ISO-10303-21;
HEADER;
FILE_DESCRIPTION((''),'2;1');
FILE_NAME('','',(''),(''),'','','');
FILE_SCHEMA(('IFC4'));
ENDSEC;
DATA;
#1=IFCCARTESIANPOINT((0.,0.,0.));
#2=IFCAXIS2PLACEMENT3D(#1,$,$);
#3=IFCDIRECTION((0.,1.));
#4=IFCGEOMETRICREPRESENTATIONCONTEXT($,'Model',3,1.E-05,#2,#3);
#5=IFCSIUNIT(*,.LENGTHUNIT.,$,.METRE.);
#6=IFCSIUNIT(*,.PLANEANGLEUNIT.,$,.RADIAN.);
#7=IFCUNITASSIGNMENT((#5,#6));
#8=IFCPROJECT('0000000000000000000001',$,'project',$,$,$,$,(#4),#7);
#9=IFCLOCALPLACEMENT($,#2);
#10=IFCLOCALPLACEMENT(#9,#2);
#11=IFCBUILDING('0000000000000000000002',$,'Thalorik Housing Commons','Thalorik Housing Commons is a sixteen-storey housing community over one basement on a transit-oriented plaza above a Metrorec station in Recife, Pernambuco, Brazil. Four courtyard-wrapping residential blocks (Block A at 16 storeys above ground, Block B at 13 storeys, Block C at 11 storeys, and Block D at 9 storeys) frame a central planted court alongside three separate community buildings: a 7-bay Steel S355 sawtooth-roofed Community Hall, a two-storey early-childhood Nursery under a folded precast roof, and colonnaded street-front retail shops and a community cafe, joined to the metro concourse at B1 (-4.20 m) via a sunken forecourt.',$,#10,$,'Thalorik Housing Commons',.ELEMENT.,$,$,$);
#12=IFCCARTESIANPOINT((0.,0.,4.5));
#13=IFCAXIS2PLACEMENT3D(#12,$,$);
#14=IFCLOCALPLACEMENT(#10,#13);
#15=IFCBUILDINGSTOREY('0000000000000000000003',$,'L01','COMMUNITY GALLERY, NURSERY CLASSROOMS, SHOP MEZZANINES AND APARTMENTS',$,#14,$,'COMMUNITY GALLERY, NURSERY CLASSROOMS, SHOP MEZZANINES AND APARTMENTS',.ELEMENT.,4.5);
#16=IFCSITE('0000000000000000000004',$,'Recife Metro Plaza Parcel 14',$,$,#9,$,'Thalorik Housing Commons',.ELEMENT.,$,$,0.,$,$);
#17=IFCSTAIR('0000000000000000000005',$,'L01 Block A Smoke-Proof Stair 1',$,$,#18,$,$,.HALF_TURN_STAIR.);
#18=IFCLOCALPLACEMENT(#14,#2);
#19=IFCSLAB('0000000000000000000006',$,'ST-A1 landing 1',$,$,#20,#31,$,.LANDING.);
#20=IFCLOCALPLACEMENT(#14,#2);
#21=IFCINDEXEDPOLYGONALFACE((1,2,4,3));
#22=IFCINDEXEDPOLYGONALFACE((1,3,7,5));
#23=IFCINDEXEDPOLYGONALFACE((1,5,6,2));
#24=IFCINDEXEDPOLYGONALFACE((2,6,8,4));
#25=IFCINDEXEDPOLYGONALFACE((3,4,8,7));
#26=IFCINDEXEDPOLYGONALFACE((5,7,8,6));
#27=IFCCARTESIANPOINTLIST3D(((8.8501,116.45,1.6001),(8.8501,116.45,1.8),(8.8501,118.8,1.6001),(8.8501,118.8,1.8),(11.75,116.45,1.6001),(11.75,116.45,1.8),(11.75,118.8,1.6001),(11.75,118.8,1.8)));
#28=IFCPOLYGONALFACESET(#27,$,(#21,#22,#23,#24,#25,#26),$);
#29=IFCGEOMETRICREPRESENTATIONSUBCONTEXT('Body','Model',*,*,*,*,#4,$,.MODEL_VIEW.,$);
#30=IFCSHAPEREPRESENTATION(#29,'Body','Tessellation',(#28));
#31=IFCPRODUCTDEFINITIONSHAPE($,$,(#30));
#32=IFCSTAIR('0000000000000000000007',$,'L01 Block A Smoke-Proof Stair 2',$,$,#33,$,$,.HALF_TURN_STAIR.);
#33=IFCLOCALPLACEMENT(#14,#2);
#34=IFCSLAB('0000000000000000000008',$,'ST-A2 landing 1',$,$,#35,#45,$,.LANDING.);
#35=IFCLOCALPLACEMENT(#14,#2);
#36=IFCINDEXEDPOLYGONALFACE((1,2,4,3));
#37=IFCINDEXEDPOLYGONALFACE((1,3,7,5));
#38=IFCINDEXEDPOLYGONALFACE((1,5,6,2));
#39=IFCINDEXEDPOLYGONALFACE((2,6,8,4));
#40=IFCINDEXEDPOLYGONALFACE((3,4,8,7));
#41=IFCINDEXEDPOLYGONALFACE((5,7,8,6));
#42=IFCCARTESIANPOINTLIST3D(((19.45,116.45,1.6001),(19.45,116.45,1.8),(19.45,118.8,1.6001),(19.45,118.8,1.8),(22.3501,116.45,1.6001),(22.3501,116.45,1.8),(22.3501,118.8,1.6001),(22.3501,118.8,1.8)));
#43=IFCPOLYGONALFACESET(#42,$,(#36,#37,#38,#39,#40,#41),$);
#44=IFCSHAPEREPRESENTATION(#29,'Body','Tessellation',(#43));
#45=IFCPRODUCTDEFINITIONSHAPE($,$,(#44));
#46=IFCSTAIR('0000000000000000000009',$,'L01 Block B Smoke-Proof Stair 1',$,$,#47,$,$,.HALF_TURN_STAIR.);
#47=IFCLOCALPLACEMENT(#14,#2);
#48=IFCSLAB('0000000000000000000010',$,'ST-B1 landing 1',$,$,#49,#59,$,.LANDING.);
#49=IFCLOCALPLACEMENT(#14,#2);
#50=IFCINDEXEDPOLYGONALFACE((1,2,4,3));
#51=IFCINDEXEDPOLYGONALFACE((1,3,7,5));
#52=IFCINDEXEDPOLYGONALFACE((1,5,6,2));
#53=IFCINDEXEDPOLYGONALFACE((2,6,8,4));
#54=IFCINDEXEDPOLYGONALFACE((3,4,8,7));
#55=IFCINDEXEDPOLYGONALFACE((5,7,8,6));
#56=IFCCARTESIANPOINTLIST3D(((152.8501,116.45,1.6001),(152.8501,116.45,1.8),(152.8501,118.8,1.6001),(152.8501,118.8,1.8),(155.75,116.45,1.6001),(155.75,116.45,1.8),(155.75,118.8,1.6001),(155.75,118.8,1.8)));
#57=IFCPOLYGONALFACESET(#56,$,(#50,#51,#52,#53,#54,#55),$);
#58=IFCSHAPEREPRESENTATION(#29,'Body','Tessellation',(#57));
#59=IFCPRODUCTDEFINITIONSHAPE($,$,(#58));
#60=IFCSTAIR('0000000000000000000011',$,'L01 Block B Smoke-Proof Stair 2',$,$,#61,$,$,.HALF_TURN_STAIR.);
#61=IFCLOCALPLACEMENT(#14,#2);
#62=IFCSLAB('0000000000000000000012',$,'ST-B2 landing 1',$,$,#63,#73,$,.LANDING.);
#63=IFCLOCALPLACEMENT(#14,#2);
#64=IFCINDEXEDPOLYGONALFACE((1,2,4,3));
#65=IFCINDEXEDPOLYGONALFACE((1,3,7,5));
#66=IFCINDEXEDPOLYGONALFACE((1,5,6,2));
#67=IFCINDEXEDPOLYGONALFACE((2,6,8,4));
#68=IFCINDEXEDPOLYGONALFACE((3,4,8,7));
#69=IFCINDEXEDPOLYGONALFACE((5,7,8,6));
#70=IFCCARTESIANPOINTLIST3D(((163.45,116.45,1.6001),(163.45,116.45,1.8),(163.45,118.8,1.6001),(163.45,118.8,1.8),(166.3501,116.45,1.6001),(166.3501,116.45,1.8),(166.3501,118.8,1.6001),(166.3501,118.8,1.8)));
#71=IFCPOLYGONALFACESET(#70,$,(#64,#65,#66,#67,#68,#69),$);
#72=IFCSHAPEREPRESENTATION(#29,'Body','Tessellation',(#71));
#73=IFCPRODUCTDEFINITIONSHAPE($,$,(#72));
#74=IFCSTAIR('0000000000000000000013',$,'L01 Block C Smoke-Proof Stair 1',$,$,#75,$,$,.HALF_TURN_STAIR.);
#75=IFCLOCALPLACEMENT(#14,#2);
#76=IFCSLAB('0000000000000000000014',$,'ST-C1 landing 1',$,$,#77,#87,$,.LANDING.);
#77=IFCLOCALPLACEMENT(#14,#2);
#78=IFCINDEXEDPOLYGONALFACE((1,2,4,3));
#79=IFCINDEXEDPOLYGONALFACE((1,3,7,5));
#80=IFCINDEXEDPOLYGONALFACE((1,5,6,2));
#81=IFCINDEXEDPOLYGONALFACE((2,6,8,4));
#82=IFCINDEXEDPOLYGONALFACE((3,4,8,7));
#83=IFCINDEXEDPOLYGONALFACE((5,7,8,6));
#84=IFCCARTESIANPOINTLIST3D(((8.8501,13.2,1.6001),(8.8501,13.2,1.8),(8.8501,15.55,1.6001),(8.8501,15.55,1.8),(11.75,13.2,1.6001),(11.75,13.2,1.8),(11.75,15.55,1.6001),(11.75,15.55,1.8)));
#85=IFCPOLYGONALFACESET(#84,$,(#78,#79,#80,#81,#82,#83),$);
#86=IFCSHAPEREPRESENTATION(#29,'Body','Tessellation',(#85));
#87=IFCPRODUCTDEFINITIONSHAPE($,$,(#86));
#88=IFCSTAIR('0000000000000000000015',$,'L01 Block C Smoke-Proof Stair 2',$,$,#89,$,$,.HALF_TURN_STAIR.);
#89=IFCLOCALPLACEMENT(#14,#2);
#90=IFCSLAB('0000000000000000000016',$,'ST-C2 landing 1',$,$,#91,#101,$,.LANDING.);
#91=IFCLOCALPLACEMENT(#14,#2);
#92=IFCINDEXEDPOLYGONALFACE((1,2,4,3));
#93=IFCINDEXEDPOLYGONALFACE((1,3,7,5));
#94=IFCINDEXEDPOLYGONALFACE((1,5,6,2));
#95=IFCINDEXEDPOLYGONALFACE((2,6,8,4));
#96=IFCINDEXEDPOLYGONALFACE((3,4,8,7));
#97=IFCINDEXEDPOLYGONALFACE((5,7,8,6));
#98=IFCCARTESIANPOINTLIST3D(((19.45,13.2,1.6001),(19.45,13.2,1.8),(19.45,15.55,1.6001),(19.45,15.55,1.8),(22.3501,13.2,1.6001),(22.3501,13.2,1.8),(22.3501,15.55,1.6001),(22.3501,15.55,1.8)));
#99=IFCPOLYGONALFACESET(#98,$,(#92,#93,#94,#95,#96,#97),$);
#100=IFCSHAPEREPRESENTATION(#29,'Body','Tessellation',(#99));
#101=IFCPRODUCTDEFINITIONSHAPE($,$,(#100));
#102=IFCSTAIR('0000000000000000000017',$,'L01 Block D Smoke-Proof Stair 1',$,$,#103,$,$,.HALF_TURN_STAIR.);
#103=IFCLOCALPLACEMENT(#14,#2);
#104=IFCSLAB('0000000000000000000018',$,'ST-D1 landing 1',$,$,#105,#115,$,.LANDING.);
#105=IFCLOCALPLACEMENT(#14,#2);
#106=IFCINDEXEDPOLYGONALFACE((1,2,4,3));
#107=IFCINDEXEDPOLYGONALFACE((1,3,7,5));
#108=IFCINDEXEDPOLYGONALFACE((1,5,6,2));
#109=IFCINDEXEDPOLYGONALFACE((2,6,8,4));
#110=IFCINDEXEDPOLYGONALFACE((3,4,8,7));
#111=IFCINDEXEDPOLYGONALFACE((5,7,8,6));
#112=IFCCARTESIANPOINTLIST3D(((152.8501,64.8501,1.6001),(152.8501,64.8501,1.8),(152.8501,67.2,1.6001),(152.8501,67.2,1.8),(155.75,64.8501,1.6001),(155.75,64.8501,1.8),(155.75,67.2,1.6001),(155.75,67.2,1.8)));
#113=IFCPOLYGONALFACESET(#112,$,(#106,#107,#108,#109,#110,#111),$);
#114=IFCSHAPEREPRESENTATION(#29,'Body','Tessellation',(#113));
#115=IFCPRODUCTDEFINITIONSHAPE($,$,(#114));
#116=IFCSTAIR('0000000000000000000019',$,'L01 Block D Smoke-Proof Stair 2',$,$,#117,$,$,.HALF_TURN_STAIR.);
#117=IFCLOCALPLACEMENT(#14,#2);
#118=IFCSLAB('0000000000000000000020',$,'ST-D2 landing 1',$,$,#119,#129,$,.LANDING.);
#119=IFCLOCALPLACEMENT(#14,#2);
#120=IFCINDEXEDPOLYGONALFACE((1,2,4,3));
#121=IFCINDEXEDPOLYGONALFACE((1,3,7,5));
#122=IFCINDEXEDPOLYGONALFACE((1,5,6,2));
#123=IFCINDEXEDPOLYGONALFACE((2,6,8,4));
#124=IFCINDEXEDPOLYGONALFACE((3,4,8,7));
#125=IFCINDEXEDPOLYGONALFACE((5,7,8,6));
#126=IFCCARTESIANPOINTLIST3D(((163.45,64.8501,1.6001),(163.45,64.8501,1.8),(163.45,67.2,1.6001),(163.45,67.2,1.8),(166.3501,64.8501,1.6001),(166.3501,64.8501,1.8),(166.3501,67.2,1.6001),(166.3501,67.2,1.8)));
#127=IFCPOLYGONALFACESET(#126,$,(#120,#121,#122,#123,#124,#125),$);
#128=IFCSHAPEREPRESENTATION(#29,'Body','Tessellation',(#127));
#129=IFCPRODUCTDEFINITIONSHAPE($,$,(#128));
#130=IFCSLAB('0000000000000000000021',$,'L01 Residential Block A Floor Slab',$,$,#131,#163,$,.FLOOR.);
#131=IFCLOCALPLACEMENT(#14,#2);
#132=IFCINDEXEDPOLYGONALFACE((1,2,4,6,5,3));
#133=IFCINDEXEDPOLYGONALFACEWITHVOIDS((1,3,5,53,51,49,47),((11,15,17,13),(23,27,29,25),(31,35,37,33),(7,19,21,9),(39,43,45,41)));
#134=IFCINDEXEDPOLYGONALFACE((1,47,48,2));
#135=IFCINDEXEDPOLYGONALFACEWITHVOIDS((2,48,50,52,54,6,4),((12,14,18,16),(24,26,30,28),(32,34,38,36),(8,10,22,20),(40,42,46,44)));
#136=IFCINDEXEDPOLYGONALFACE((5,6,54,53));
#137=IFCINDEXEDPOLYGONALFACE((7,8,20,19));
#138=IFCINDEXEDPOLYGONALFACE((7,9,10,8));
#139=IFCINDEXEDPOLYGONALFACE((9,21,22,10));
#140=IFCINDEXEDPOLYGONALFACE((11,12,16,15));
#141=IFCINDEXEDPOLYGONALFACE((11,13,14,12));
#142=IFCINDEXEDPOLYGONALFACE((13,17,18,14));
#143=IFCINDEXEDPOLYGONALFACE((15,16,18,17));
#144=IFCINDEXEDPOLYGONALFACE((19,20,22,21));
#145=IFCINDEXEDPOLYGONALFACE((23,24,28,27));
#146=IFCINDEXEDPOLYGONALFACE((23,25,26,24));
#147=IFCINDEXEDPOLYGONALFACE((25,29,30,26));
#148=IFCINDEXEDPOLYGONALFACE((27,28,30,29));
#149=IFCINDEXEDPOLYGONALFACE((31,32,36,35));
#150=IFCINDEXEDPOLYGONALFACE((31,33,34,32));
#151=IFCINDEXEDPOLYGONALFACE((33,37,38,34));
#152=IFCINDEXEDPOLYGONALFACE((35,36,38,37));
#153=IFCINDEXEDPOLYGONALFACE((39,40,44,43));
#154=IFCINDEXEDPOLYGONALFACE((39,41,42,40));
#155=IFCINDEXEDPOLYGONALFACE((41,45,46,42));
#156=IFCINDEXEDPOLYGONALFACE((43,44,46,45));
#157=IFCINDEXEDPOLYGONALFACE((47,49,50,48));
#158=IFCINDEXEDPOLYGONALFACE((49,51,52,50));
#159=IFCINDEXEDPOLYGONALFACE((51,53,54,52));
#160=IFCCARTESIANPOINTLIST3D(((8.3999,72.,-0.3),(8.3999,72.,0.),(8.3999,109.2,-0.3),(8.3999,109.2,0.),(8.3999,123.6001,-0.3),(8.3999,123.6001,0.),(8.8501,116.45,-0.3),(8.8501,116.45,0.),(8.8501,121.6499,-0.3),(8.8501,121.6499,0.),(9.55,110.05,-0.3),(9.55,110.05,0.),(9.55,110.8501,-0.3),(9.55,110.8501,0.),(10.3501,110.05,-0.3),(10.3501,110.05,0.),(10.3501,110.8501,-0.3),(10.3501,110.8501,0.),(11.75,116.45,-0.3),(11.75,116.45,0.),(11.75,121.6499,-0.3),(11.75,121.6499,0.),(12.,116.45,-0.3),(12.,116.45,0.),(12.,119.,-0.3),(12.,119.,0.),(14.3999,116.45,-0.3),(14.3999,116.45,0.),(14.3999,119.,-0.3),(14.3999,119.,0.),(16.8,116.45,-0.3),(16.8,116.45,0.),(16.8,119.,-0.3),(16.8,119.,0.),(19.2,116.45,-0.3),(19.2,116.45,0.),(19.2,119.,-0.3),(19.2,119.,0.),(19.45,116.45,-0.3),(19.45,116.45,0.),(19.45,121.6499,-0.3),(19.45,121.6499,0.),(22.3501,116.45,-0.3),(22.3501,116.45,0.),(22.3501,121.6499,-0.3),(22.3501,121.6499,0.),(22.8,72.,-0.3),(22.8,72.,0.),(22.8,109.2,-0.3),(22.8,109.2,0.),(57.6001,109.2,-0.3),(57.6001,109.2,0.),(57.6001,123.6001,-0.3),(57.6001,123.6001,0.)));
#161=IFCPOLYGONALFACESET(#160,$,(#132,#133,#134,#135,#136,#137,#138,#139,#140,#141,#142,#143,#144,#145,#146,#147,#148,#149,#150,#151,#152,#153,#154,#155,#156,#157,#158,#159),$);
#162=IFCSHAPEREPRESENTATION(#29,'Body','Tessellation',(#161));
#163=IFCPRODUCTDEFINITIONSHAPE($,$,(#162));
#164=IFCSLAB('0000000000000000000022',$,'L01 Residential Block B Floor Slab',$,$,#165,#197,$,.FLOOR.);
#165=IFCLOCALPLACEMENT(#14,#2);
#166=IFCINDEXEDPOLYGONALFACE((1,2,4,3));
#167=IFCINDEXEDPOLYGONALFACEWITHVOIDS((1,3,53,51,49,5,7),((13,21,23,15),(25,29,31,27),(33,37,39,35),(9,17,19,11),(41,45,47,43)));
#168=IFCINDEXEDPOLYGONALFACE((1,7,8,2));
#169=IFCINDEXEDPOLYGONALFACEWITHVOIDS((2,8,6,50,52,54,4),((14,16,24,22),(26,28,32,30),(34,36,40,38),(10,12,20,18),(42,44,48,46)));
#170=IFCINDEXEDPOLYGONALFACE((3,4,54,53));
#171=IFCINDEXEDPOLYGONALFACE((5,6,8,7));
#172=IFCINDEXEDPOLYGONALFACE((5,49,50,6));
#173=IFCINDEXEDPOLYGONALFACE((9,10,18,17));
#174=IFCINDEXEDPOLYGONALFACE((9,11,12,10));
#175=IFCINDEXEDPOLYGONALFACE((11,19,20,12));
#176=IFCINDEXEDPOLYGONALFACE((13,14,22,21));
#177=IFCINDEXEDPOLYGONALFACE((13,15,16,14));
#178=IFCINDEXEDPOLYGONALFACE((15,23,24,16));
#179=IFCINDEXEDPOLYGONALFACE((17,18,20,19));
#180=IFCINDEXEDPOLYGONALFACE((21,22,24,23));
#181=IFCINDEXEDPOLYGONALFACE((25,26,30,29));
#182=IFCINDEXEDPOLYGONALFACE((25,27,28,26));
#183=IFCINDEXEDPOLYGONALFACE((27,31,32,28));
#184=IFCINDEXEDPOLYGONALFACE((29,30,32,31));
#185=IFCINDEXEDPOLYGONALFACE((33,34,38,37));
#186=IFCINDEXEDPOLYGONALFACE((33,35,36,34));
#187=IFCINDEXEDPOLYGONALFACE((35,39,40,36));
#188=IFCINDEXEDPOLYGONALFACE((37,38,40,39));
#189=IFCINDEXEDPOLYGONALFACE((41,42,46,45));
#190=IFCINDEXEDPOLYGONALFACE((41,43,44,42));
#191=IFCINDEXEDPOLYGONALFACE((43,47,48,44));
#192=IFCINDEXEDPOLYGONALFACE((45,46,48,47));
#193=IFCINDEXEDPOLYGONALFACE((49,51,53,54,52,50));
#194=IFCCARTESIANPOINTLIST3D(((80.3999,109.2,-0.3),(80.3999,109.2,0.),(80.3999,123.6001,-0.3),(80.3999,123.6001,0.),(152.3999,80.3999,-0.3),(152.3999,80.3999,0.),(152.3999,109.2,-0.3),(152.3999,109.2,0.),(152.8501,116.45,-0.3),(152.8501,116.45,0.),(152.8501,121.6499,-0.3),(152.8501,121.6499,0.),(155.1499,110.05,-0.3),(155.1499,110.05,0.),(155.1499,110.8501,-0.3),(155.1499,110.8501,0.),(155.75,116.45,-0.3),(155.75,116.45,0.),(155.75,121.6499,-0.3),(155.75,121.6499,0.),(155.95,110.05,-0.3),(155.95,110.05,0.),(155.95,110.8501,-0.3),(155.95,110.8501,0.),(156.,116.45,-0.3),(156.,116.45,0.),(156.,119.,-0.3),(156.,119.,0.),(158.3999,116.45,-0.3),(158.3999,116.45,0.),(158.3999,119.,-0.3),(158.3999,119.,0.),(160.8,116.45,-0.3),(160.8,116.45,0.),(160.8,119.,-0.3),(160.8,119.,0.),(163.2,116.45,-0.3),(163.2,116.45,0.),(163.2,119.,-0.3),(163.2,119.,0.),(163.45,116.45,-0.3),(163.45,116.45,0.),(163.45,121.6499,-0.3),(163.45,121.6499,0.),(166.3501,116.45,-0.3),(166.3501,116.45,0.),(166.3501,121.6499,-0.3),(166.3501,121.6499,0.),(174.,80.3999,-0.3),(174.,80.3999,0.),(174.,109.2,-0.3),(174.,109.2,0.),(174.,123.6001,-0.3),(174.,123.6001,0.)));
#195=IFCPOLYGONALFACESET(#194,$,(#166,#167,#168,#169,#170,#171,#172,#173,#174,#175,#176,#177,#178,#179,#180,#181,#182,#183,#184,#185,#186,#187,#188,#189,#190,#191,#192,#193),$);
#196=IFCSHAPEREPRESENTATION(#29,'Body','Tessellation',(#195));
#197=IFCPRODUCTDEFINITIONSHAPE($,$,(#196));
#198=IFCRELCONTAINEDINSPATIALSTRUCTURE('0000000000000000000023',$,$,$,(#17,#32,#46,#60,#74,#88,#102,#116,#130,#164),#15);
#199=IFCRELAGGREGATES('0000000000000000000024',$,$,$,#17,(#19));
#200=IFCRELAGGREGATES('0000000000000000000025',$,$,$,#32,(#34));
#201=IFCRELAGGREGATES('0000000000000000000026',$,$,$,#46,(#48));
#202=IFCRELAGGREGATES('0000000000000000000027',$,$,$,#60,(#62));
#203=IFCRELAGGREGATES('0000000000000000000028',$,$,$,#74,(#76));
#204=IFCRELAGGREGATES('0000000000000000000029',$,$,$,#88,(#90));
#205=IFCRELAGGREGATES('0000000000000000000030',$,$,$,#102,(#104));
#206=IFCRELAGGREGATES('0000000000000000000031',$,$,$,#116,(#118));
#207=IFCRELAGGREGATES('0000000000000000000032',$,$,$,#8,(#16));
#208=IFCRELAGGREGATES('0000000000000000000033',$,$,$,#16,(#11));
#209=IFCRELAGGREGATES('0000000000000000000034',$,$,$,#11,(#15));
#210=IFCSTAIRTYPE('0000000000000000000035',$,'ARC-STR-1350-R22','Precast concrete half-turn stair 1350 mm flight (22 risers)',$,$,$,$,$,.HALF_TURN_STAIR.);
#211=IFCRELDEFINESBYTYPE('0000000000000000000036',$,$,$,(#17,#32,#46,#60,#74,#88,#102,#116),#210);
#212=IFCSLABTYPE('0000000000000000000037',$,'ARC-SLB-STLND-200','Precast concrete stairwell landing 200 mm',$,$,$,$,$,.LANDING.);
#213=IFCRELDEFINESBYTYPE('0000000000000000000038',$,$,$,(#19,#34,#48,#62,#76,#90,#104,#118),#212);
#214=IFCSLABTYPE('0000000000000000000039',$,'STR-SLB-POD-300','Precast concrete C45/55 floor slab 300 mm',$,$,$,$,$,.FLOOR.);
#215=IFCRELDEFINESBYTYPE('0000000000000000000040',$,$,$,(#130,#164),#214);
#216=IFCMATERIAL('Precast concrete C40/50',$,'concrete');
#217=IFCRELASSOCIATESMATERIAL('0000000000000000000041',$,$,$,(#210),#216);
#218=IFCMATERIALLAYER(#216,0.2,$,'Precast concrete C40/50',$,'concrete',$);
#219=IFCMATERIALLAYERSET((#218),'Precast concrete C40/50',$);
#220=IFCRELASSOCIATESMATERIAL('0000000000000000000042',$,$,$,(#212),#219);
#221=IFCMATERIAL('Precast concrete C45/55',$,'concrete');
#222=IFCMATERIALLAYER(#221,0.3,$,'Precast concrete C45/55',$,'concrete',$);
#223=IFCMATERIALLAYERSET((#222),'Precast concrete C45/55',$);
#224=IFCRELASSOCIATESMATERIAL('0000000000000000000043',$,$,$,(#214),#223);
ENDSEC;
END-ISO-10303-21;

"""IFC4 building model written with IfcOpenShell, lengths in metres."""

from ifc_helpers import new_model, si_unit, direction, frame, origin, place, context, subcontext, project, spatial, polyline, outline, extrude, material, layer, layer_set, type_object, element, aggregate, save


model = new_model("IFC4")

# Units and contexts
model_context = context("Model", 3, precision=1e-05, world=origin(), true_north=direction((0.0, 1.0)))
body_context = subcontext(model_context, "Body", "Model", "MODEL_VIEW")
ifc_project = project(units=[si_unit("LENGTHUNIT", "METRE"), si_unit("PLANEANGLEUNIT", "RADIAN")], contexts=[model_context])

# Site, building, storey
site_placement = place(None, origin())
site = spatial("IfcSite", under=ifc_project, at=site_placement, Name="Recife Metro Plaza Parcel 14", LongName="Thalorik Housing Commons", CompositionType="ELEMENT", RefElevation=0.0)
building_placement = place(site_placement, origin())
building = spatial("IfcBuilding", under=site, at=building_placement, Name="Thalorik Housing Commons", Description="Thalorik Housing Commons is a sixteen-storey housing community over one basement on a transit-oriented plaza above a Metrorec station in Recife, Pernambuco, Brazil. Four courtyard-wrapping residential blocks (Block A at 16 storeys above ground, Block B at 13 storeys, Block C at 11 storeys, and Block D at 9 storeys) frame a central planted court alongside three separate community buildings: a 7-bay Steel S355 sawtooth-roofed Community Hall, a two-storey early-childhood Nursery under a folded precast roof, and colonnaded street-front retail shops and a community cafe, joined to the metro concourse at B1 (-4.20 m) via a sunken forecourt.", LongName="Thalorik Housing Commons", CompositionType="ELEMENT")
storey_placement = place(building_placement, frame((0.0, 0.0, 4.5)))
storey = spatial("IfcBuildingStorey", under=building, at=storey_placement, Name="L01", Description="COMMUNITY GALLERY, NURSERY CLASSROOMS, SHOP MEZZANINES AND APARTMENTS", LongName="COMMUNITY GALLERY, NURSERY CLASSROOMS, SHOP MEZZANINES AND APARTMENTS", CompositionType="ELEMENT", Elevation=4.5)

# Stairs, slabs
ifc_material_1 = material(Name="Precast concrete C40/50", Category="concrete")
stair_type = type_object("IfcStairType", Name="ARC-STR-1350-R22", Description="Precast concrete half-turn stair 1350 mm flight (22 risers)", PredefinedType="HALF_TURN_STAIR", material=ifc_material_1)
stair_1_placement = place(storey_placement, origin())
stair_1 = element("IfcStair", 1, at=stair_1_placement, inside=storey, type_object=stair_type, Name="L01 Block A Smoke-Proof Stair 1", PredefinedType="HALF_TURN_STAIR")
ifc_layer_1 = layer(ifc_material_1, 0.2, Name="Precast concrete C40/50", Category="concrete")
ifc_layer_set_1 = layer_set([ifc_layer_1], Name="Precast concrete C40/50")
slab_type_1 = type_object("IfcSlabType", Name="ARC-SLB-STLND-200", Description="Precast concrete stairwell landing 200 mm", PredefinedType="LANDING", material=ifc_layer_set_1)
slab_1_placement = place(storey_placement, frame((0.0, 0.0, 1.6001)))
slab_1 = element("IfcSlab", 2, at=slab_1_placement, type_object=slab_type_1, Name="ST-A1 landing 1", PredefinedType="LANDING", context=body_context, shape_type="SweptSolid", body=[
    extrude(outline(polyline([(8.8501, 118.8), (8.8501, 116.45), (11.75, 116.45), (11.75, 118.8), (8.8501, 118.8)])), origin(), (0.0, 0.0, 1.0), 0.2),
])
aggregate(stair_1, [slab_1])
stair_2_placement = place(storey_placement, origin())
stair_2 = element("IfcStair", 3, at=stair_2_placement, inside=storey, type_object=stair_type, Name="L01 Block A Smoke-Proof Stair 2", PredefinedType="HALF_TURN_STAIR")
slab_2_placement = place(storey_placement, frame((0.0, 0.0, 1.6001)))
slab_2 = element("IfcSlab", 4, at=slab_2_placement, type_object=slab_type_1, Name="ST-A2 landing 1", PredefinedType="LANDING", context=body_context, shape_type="SweptSolid", body=[
    extrude(outline(polyline([(19.45, 118.8), (19.45, 116.45), (22.3501, 116.45), (22.3501, 118.8), (19.45, 118.8)])), origin(), (0.0, 0.0, 1.0), 0.2),
])
aggregate(stair_2, [slab_2])
stair_3_placement = place(storey_placement, origin())
stair_3 = element("IfcStair", 5, at=stair_3_placement, inside=storey, type_object=stair_type, Name="L01 Block B Smoke-Proof Stair 1", PredefinedType="HALF_TURN_STAIR")
slab_3_placement = place(storey_placement, frame((0.0, 0.0, 1.6001)))
slab_3 = element("IfcSlab", 6, at=slab_3_placement, type_object=slab_type_1, Name="ST-B1 landing 1", PredefinedType="LANDING", context=body_context, shape_type="SweptSolid", body=[
    extrude(outline(polyline([(152.8501, 118.8), (152.8501, 116.45), (155.75, 116.45), (155.75, 118.8), (152.8501, 118.8)])), origin(), (0.0, 0.0, 1.0), 0.2),
])
aggregate(stair_3, [slab_3])
stair_4_placement = place(storey_placement, origin())
stair_4 = element("IfcStair", 7, at=stair_4_placement, inside=storey, type_object=stair_type, Name="L01 Block B Smoke-Proof Stair 2", PredefinedType="HALF_TURN_STAIR")
slab_4_placement = place(storey_placement, frame((0.0, 0.0, 1.6001)))
slab_4 = element("IfcSlab", 8, at=slab_4_placement, type_object=slab_type_1, Name="ST-B2 landing 1", PredefinedType="LANDING", context=body_context, shape_type="SweptSolid", body=[
    extrude(outline(polyline([(163.45, 118.8), (163.45, 116.45), (166.3501, 116.45), (166.3501, 118.8), (163.45, 118.8)])), origin(), (0.0, 0.0, 1.0), 0.2),
])
aggregate(stair_4, [slab_4])
stair_5_placement = place(storey_placement, origin())
stair_5 = element("IfcStair", 9, at=stair_5_placement, inside=storey, type_object=stair_type, Name="L01 Block C Smoke-Proof Stair 1", PredefinedType="HALF_TURN_STAIR")
slab_5_placement = place(storey_placement, frame((0.0, 0.0, 1.6001)))
slab_5 = element("IfcSlab", 10, at=slab_5_placement, type_object=slab_type_1, Name="ST-C1 landing 1", PredefinedType="LANDING", context=body_context, shape_type="SweptSolid", body=[
    extrude(outline(polyline([(11.75, 13.2), (11.75, 15.55), (8.8501, 15.55), (8.8501, 13.2), (11.75, 13.2)])), origin(), (0.0, 0.0, 1.0), 0.2),
])
aggregate(stair_5, [slab_5])
stair_6_placement = place(storey_placement, origin())
stair_6 = element("IfcStair", 11, at=stair_6_placement, inside=storey, type_object=stair_type, Name="L01 Block C Smoke-Proof Stair 2", PredefinedType="HALF_TURN_STAIR")
slab_6_placement = place(storey_placement, frame((0.0, 0.0, 1.6001)))
slab_6 = element("IfcSlab", 12, at=slab_6_placement, type_object=slab_type_1, Name="ST-C2 landing 1", PredefinedType="LANDING", context=body_context, shape_type="SweptSolid", body=[
    extrude(outline(polyline([(22.3501, 13.2), (22.3501, 15.55), (19.45, 15.55), (19.45, 13.2), (22.3501, 13.2)])), origin(), (0.0, 0.0, 1.0), 0.2),
])
aggregate(stair_6, [slab_6])
stair_7_placement = place(storey_placement, origin())
stair_7 = element("IfcStair", 13, at=stair_7_placement, inside=storey, type_object=stair_type, Name="L01 Block D Smoke-Proof Stair 1", PredefinedType="HALF_TURN_STAIR")
slab_7_placement = place(storey_placement, frame((0.0, 0.0, 1.6001)))
slab_7 = element("IfcSlab", 14, at=slab_7_placement, type_object=slab_type_1, Name="ST-D1 landing 1", PredefinedType="LANDING", context=body_context, shape_type="SweptSolid", body=[
    extrude(outline(polyline([(152.8501, 67.2), (152.8501, 64.8501), (155.75, 64.8501), (155.75, 67.2), (152.8501, 67.2)])), origin(), (0.0, 0.0, 1.0), 0.2),
])
aggregate(stair_7, [slab_7])
stair_8_placement = place(storey_placement, origin())
stair_8 = element("IfcStair", 15, at=stair_8_placement, inside=storey, type_object=stair_type, Name="L01 Block D Smoke-Proof Stair 2", PredefinedType="HALF_TURN_STAIR")
slab_8_placement = place(storey_placement, frame((0.0, 0.0, 1.6001)))
slab_8 = element("IfcSlab", 16, at=slab_8_placement, type_object=slab_type_1, Name="ST-D2 landing 1", PredefinedType="LANDING", context=body_context, shape_type="SweptSolid", body=[
    extrude(outline(polyline([(163.45, 67.2), (163.45, 64.8501), (166.3501, 64.8501), (166.3501, 67.2), (163.45, 67.2)])), origin(), (0.0, 0.0, 1.0), 0.2),
])
aggregate(stair_8, [slab_8])

# Slabs
ifc_material_2 = material(Name="Precast concrete C45/55", Category="concrete")
ifc_layer_2 = layer(ifc_material_2, 0.3, Name="Precast concrete C45/55", Category="concrete")
ifc_layer_set_2 = layer_set([ifc_layer_2], Name="Precast concrete C45/55")
slab_type_2 = type_object("IfcSlabType", Name="STR-SLB-POD-300", Description="Precast concrete C45/55 floor slab 300 mm", PredefinedType="FLOOR", material=ifc_layer_set_2)
slab_9_placement = place(storey_placement, frame((0.0, 0.0, -0.3)))
element("IfcSlab", 17, at=slab_9_placement, inside=storey, type_object=slab_type_2, Name="L01 Residential Block A Floor Slab", PredefinedType="FLOOR", context=body_context, shape_type="SweptSolid", body=[
    extrude(outline(polyline([(8.3999, 123.6001), (8.3999, 109.2), (8.3999, 72.0), (22.8, 72.0), (22.8, 109.2), (57.6001, 109.2), (57.6001, 123.6001), (8.3999, 123.6001)]), holes=[polyline([(8.8501, 121.6499), (11.75, 121.6499), (11.75, 116.45), (8.8501, 116.45), (8.8501, 121.6499)]), polyline([(22.3501, 121.6499), (22.3501, 116.45), (19.45, 116.45), (19.45, 121.6499), (22.3501, 121.6499)]), polyline([(14.3999, 119.0), (14.3999, 116.45), (12.0, 116.45), (12.0, 119.0), (14.3999, 119.0)]), polyline([(19.2, 116.45), (16.8, 116.45), (16.8, 119.0), (19.2, 119.0), (19.2, 116.45)]), polyline([(9.55, 110.05), (9.55, 110.8501), (10.3501, 110.8501), (10.3501, 110.05), (9.55, 110.05)])]), origin(), (0.0, 0.0, 1.0), 0.3),
])
slab_10_placement = place(storey_placement, frame((0.0, 0.0, -0.3)))
element("IfcSlab", 18, at=slab_10_placement, inside=storey, type_object=slab_type_2, Name="L01 Residential Block B Floor Slab", PredefinedType="FLOOR", context=body_context, shape_type="SweptSolid", body=[
    extrude(outline(polyline([(80.3999, 109.2), (152.3999, 109.2), (152.3999, 80.3999), (174.0, 80.3999), (174.0, 109.2), (174.0, 123.6001), (80.3999, 123.6001), (80.3999, 109.2)]), holes=[polyline([(152.8501, 121.6499), (155.75, 121.6499), (155.75, 116.45), (152.8501, 116.45), (152.8501, 121.6499)]), polyline([(166.3501, 121.6499), (166.3501, 116.45), (163.45, 116.45), (163.45, 121.6499), (166.3501, 121.6499)]), polyline([(158.3999, 119.0), (158.3999, 116.45), (156.0, 116.45), (156.0, 119.0), (158.3999, 119.0)]), polyline([(163.2, 116.45), (160.8, 116.45), (160.8, 119.0), (163.2, 119.0), (163.2, 116.45)]), polyline([(155.1499, 110.05), (155.1499, 110.8501), (155.95, 110.8501), (155.95, 110.05), (155.1499, 110.05)])]), origin(), (0.0, 0.0, 1.0), 0.3),
])

save(model, "model.ifc")
